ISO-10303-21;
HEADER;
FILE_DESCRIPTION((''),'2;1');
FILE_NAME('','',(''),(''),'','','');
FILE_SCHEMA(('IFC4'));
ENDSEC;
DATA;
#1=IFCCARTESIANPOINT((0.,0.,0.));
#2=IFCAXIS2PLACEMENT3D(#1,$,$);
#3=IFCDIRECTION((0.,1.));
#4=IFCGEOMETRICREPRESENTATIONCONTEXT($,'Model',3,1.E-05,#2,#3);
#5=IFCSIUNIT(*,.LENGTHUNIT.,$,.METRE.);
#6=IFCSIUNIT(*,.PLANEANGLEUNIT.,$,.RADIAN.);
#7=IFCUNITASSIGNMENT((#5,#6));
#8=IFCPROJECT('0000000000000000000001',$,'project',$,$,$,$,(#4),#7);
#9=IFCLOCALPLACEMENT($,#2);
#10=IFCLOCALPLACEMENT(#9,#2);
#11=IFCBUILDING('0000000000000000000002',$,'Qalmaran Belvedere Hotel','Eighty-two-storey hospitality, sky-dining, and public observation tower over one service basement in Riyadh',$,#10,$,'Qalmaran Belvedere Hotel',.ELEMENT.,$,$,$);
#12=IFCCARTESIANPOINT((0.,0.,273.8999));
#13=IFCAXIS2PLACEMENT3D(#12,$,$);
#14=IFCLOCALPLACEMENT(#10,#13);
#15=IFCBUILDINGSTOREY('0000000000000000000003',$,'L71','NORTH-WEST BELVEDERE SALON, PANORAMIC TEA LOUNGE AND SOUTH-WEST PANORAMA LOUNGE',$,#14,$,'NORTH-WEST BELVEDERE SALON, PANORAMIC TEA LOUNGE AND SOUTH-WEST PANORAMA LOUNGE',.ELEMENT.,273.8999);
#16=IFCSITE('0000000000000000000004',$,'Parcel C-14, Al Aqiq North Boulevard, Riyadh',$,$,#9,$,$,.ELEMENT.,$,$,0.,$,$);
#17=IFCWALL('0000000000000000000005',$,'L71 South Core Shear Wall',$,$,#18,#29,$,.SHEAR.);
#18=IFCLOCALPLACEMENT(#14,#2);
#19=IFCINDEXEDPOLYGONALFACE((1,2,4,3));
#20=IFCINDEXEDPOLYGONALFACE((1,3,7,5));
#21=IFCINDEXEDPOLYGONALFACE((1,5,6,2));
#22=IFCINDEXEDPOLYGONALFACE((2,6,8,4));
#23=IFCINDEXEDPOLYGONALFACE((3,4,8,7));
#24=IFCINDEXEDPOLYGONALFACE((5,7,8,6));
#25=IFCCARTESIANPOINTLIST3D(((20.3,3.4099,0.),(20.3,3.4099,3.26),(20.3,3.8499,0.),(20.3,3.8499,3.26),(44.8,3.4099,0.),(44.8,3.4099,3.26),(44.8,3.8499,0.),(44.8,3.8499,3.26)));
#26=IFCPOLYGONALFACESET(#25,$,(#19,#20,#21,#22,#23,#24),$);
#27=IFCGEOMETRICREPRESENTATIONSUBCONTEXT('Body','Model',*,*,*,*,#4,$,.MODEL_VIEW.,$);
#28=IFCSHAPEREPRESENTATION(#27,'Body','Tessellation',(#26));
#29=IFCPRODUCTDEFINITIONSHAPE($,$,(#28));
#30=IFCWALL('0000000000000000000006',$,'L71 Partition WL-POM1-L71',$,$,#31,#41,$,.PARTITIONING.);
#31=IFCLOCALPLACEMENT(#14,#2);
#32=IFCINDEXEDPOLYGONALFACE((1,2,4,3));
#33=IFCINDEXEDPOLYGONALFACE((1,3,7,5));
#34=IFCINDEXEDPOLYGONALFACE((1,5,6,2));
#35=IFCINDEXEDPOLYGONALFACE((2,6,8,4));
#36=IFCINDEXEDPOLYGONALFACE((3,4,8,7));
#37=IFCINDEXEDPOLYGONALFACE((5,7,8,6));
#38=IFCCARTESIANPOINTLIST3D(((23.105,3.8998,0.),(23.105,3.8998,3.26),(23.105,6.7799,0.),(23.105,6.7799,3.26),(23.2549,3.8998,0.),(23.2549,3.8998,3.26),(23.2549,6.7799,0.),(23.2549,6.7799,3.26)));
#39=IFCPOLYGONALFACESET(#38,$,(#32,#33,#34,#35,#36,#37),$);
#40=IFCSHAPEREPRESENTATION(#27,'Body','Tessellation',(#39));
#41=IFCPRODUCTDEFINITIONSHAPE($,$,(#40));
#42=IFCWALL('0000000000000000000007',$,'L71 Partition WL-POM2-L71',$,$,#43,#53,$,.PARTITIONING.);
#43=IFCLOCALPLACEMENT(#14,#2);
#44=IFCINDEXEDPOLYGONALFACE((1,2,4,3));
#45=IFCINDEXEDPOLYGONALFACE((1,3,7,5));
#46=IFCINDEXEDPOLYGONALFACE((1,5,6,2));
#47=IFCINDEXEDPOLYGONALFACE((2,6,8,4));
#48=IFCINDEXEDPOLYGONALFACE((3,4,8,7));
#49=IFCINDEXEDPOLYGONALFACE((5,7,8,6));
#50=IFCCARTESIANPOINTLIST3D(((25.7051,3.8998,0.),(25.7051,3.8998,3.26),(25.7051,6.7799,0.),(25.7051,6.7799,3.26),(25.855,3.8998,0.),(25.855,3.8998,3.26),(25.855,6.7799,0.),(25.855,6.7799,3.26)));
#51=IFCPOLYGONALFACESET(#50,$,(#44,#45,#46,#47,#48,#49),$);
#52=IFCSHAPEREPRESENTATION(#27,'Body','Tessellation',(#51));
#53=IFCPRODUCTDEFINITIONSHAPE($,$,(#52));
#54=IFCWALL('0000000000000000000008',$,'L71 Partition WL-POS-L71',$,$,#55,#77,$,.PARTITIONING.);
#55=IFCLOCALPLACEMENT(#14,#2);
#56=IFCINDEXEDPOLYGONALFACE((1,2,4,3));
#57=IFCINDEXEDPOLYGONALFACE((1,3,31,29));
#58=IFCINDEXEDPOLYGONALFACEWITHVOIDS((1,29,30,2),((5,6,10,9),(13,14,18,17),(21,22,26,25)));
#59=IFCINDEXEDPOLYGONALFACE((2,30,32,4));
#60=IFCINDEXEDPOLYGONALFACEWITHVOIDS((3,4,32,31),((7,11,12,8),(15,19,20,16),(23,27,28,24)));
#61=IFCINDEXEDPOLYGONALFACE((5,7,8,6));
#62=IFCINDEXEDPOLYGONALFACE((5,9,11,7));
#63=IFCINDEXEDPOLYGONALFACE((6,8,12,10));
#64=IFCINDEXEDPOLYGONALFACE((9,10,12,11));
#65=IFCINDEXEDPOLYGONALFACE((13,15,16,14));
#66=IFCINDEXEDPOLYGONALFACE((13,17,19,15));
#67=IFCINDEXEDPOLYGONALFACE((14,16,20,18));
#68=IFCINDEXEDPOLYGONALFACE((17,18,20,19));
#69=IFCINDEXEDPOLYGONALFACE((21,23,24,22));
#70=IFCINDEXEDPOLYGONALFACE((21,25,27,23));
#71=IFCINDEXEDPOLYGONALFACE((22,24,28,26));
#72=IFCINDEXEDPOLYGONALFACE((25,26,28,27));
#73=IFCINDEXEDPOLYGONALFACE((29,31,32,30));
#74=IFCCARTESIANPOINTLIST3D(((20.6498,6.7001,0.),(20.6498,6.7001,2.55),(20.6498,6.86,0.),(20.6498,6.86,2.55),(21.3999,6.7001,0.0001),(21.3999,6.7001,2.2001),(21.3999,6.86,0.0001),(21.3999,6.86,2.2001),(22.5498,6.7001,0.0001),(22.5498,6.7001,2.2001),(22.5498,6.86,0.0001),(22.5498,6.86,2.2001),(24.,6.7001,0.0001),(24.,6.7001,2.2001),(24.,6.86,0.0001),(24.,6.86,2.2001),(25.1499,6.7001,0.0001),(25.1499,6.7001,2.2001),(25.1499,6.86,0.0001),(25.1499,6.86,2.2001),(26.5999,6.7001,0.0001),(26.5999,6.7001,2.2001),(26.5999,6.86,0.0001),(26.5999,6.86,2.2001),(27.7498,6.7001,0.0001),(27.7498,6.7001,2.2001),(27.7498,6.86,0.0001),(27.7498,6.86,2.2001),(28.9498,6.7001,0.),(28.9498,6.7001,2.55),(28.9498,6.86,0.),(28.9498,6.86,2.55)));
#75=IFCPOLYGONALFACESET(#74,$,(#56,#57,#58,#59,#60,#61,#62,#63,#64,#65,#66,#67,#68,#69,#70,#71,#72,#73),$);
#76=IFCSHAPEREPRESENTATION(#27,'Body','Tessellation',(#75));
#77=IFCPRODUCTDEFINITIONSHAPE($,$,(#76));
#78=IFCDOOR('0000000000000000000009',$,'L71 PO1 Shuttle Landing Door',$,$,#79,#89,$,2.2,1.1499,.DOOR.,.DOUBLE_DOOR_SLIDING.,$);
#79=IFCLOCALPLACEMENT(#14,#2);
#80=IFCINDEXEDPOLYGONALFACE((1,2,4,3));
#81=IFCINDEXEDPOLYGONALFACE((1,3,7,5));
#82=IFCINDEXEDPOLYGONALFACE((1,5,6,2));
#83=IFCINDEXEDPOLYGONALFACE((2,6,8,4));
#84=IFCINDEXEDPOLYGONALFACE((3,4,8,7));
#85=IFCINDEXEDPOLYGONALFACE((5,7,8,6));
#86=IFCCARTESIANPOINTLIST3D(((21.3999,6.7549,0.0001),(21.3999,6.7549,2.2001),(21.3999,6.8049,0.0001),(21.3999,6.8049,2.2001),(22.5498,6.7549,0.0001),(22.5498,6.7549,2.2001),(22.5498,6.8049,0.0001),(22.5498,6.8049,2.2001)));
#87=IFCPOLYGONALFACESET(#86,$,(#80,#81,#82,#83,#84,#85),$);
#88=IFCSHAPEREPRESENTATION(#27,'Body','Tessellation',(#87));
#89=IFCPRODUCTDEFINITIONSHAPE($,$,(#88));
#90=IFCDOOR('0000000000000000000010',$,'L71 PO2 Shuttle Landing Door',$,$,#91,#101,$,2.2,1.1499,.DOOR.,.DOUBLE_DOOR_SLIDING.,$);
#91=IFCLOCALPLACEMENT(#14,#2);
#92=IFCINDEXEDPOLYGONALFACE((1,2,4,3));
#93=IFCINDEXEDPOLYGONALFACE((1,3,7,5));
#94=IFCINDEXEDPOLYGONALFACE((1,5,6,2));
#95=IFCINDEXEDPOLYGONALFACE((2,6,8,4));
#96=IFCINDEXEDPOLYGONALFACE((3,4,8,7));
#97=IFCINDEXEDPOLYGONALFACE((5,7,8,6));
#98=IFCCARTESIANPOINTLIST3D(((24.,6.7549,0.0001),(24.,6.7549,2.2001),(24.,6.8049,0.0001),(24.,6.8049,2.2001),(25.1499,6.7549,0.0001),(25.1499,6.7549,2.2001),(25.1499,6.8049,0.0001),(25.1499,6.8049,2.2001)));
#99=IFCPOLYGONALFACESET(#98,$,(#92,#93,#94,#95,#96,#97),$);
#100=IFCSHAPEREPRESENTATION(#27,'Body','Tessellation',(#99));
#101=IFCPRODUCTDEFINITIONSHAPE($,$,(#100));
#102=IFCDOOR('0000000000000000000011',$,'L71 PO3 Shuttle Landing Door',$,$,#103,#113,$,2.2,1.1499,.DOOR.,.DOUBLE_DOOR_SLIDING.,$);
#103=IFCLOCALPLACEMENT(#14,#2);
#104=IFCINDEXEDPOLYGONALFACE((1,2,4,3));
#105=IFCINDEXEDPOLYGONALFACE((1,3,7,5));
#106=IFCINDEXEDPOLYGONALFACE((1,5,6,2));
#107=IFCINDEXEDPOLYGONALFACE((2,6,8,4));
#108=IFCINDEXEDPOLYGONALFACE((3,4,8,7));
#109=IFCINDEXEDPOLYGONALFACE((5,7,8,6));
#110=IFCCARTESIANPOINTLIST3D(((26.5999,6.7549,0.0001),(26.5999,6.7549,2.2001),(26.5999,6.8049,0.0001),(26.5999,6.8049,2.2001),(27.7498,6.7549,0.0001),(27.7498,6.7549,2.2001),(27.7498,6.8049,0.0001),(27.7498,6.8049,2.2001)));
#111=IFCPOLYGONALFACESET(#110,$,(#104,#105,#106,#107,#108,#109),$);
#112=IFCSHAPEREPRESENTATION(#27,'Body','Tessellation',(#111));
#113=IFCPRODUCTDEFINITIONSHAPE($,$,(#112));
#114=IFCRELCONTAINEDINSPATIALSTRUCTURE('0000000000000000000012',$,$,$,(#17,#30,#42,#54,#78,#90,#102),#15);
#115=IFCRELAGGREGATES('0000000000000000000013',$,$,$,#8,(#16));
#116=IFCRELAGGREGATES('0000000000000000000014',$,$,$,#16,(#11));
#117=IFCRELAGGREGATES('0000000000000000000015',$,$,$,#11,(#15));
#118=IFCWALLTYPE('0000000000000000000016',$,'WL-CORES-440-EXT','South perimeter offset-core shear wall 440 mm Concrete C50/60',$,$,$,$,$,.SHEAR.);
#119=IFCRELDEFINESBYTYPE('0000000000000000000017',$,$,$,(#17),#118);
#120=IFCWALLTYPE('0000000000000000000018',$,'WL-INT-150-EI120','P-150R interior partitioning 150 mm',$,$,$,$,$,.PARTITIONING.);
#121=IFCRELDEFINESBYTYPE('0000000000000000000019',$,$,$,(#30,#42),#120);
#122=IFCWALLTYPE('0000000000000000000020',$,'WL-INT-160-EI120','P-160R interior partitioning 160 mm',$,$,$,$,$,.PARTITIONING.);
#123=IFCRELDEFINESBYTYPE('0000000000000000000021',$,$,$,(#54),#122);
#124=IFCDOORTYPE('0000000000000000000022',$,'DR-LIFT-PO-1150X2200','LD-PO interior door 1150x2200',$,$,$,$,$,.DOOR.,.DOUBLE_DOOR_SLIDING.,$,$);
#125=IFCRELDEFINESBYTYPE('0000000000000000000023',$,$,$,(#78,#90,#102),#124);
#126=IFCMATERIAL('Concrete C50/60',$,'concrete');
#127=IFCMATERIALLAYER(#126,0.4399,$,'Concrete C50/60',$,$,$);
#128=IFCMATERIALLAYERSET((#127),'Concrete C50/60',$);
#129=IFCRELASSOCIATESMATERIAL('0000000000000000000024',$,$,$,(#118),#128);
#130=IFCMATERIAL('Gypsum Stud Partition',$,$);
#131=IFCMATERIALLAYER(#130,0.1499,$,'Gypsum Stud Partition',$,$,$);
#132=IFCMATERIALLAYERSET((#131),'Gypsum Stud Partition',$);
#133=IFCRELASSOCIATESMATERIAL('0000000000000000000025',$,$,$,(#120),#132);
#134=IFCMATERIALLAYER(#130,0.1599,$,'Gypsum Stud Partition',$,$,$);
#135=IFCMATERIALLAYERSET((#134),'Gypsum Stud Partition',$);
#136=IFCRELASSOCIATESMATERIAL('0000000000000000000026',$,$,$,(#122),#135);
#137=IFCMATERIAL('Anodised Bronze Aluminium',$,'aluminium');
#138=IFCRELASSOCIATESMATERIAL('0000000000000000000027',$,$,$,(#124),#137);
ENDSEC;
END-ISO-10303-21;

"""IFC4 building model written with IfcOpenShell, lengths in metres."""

from ifc_helpers import new_model, si_unit, direction, frame, frame_2d, origin, place, context, subcontext, project, spatial, rectangle, extrude, material, layer, layer_set, type_object, element, fill, save


model = new_model("IFC4")

# Units and contexts
model_context = context("Model", 3, precision=1e-05, world=origin(), true_north=direction((0.0, 1.0)))
body_context = subcontext(model_context, "Body", "Model", "MODEL_VIEW")
ifc_project = project(units=[si_unit("LENGTHUNIT", "METRE"), si_unit("PLANEANGLEUNIT", "RADIAN")], contexts=[model_context])

# Site, building, storey
site_placement = place(None, origin())
site = spatial("IfcSite", under=ifc_project, at=site_placement, Name="Parcel C-14, Al Aqiq North Boulevard, Riyadh", CompositionType="ELEMENT", RefElevation=0.0)
building_placement = place(site_placement, origin())
building = spatial("IfcBuilding", under=site, at=building_placement, Name="Qalmaran Belvedere Hotel", Description="Eighty-two-storey hospitality, sky-dining, and public observation tower over one service basement in Riyadh", LongName="Qalmaran Belvedere Hotel", CompositionType="ELEMENT")
storey_placement = place(building_placement, frame((0.0, 0.0, 273.8999)))
storey = spatial("IfcBuildingStorey", under=building, at=storey_placement, Name="L71", Description="NORTH-WEST BELVEDERE SALON, PANORAMIC TEA LOUNGE AND SOUTH-WEST PANORAMA LOUNGE", LongName="NORTH-WEST BELVEDERE SALON, PANORAMIC TEA LOUNGE AND SOUTH-WEST PANORAMA LOUNGE", CompositionType="ELEMENT", Elevation=273.8999)

# Shared definitions
ifc_material_1 = material(Name="Concrete C50/60", Category="concrete")

# Shared definitions
ifc_material_2 = material(Name="Anodised Bronze Aluminium", Category="aluminium")

# Walls
ifc_layer_1 = layer(ifc_material_1, 0.4399, Name="Concrete C50/60")
ifc_layer_set_1 = layer_set([ifc_layer_1], Name="Concrete C50/60")
wall_type_1 = type_object("IfcWallType", Name="WL-CORES-440-EXT", Description="South perimeter offset-core shear wall 440 mm Concrete C50/60", PredefinedType="SHEAR", material=ifc_layer_set_1)
wall_1_placement = place(storey_placement, frame((20.3, 3.6299, 0.0), z_axis=(0.0, 0.0, 1.0), x_axis=(1.0, 0.0, 0.0)))
element("IfcWall", 1, at=wall_1_placement, inside=storey, type_object=wall_type_1, Name="L71 South Core Shear Wall", PredefinedType="SHEAR", context=body_context, shape_type="SweptSolid", body=[
    extrude(rectangle(XDim=24.5, YDim=0.4399, at=frame_2d((12.25, 0.0))), origin(), (0.0, 0.0, 1.0), 3.26),
])
ifc_material_3 = material(Name="Gypsum Stud Partition")
ifc_layer_2 = layer(ifc_material_3, 0.1499, Name="Gypsum Stud Partition")
ifc_layer_set_2 = layer_set([ifc_layer_2], Name="Gypsum Stud Partition")
wall_type_2 = type_object("IfcWallType", Name="WL-INT-150-EI120", Description="P-150R interior partitioning 150 mm", PredefinedType="PARTITIONING", material=ifc_layer_set_2)
for number, where, z_axis, x_axis, name in (
    (2, (23.1799, 3.8999, 0.0), (0.0, 0.0, 1.0), (0.0, 1.0, 0.0), "L71 Partition WL-POM1-L71"),
    (3, (25.78, 3.8999, 0.0), (0.0, 0.0, 1.0), (0.0, 1.0, 0.0), "L71 Partition WL-POM2-L71"),
):
    element("IfcWall", number, at=place(storey_placement, frame(where, z_axis=z_axis, x_axis=x_axis)), inside=storey, type_object=wall_type_2, Name=name, PredefinedType="PARTITIONING", context=body_context, shape_type="SweptSolid", body=[
        extrude(rectangle(XDim=2.8801, YDim=0.1499, at=frame_2d((1.4399, 0.0))), origin(), (0.0, 0.0, 1.0), 3.26),
    ])

# Wall, openings, doors
ifc_layer_3 = layer(ifc_material_3, 0.1599, Name="Gypsum Stud Partition")
ifc_layer_set_3 = layer_set([ifc_layer_3], Name="Gypsum Stud Partition")
wall_type_3 = type_object("IfcWallType", Name="WL-INT-160-EI120", Description="P-160R interior partitioning 160 mm", PredefinedType="PARTITIONING", material=ifc_layer_set_3)
wall_2_placement = place(storey_placement, frame((20.6499, 6.78, 0.0), z_axis=(0.0, 0.0, 1.0), x_axis=(1.0, 0.0, 0.0)))
wall_2 = element("IfcWall", 4, at=wall_2_placement, inside=storey, type_object=wall_type_3, Name="L71 Partition WL-POS-L71", PredefinedType="PARTITIONING", context=body_context, shape_type="SweptSolid", body=[
    extrude(rectangle(XDim=8.3, YDim=0.1599, at=frame_2d((4.1499, 0.0))), origin(), (0.0, 0.0, 1.0), 2.55),
])
opening_1_placement = place(wall_2_placement, frame((0.75, 0.0, 0.0)))
opening_1 = element("IfcOpeningElement", 5, at=opening_1_placement, cuts=wall_2, PredefinedType="OPENING", context=body_context, shape_type="SweptSolid", body=[
    extrude(rectangle(XDim=1.1499, YDim=2.2, at=frame_2d((0.575, 1.1001))), frame((0.0, 0.0898, 0.0), z_axis=(0.0, -1.0, 0.0), x_axis=(1.0, 0.0, 0.0)), (0.0, 0.0, 1.0), 0.1799),
])
opening_2_placement = place(wall_2_placement, frame((3.3501, 0.0, 0.0)))
opening_2 = element("IfcOpeningElement", 6, at=opening_2_placement, cuts=wall_2, PredefinedType="OPENING", context=body_context, shape_type="SweptSolid", body=[
    extrude(rectangle(XDim=1.1499, YDim=2.2, at=frame_2d((0.575, 1.1001))), frame((0.0, 0.0898, 0.0), z_axis=(0.0, -1.0, 0.0), x_axis=(1.0, 0.0, 0.0)), (0.0, 0.0, 1.0), 0.1799),
])
opening_3_placement = place(wall_2_placement, frame((5.95, 0.0, 0.0)))
opening_3 = element("IfcOpeningElement", 7, at=opening_3_placement, cuts=wall_2, PredefinedType="OPENING", context=body_context, shape_type="SweptSolid", body=[
    extrude(rectangle(XDim=1.1499, YDim=2.2, at=frame_2d((0.575, 1.1001))), frame((0.0, 0.0898, 0.0), z_axis=(0.0, -1.0, 0.0), x_axis=(1.0, 0.0, 0.0)), (0.0, 0.0, 1.0), 0.1799),
])
door_type = type_object("IfcDoorType", Name="DR-LIFT-PO-1150X2200", Description="LD-PO interior door 1150x2200", OperationType="DOUBLE_DOOR_SLIDING", PredefinedType="DOOR", material=ifc_material_2)
door_1_placement = place(opening_1_placement, origin())
door_1 = element("IfcDoor", 8, at=door_1_placement, inside=storey, type_object=door_type, Name="L71 PO1 Shuttle Landing Door", OperationType="DOUBLE_DOOR_SLIDING", OverallHeight=2.2, OverallWidth=1.1499, PredefinedType="DOOR", context=body_context, shape_type="SweptSolid", body=[
    extrude(rectangle(XDim=1.1499, YDim=2.2, at=frame_2d((0.575, 1.1001))), frame((0.0, 0.0249, 0.0), z_axis=(0.0, -1.0, 0.0), x_axis=(1.0, 0.0, 0.0)), (0.0, 0.0, 1.0), 0.05),
])
fill(opening_1, door_1)
door_2_placement = place(opening_2_placement, origin())
door_2 = element("IfcDoor", 9, at=door_2_placement, inside=storey, type_object=door_type, Name="L71 PO2 Shuttle Landing Door", OperationType="DOUBLE_DOOR_SLIDING", OverallHeight=2.2, OverallWidth=1.1499, PredefinedType="DOOR", context=body_context, shape_type="SweptSolid", body=[
    extrude(rectangle(XDim=1.1499, YDim=2.2, at=frame_2d((0.575, 1.1001))), frame((0.0, 0.0249, 0.0), z_axis=(0.0, -1.0, 0.0), x_axis=(1.0, 0.0, 0.0)), (0.0, 0.0, 1.0), 0.05),
])
fill(opening_2, door_2)
door_3_placement = place(opening_3_placement, origin())
door_3 = element("IfcDoor", 10, at=door_3_placement, inside=storey, type_object=door_type, Name="L71 PO3 Shuttle Landing Door", OperationType="DOUBLE_DOOR_SLIDING", OverallHeight=2.2, OverallWidth=1.1499, PredefinedType="DOOR", context=body_context, shape_type="SweptSolid", body=[
    extrude(rectangle(XDim=1.1499, YDim=2.2, at=frame_2d((0.575, 1.1001))), frame((0.0, 0.0249, 0.0), z_axis=(0.0, -1.0, 0.0), x_axis=(1.0, 0.0, 0.0)), (0.0, 0.0, 1.0), 0.05),
])
fill(opening_3, door_3)

save(model, "model.ifc")
